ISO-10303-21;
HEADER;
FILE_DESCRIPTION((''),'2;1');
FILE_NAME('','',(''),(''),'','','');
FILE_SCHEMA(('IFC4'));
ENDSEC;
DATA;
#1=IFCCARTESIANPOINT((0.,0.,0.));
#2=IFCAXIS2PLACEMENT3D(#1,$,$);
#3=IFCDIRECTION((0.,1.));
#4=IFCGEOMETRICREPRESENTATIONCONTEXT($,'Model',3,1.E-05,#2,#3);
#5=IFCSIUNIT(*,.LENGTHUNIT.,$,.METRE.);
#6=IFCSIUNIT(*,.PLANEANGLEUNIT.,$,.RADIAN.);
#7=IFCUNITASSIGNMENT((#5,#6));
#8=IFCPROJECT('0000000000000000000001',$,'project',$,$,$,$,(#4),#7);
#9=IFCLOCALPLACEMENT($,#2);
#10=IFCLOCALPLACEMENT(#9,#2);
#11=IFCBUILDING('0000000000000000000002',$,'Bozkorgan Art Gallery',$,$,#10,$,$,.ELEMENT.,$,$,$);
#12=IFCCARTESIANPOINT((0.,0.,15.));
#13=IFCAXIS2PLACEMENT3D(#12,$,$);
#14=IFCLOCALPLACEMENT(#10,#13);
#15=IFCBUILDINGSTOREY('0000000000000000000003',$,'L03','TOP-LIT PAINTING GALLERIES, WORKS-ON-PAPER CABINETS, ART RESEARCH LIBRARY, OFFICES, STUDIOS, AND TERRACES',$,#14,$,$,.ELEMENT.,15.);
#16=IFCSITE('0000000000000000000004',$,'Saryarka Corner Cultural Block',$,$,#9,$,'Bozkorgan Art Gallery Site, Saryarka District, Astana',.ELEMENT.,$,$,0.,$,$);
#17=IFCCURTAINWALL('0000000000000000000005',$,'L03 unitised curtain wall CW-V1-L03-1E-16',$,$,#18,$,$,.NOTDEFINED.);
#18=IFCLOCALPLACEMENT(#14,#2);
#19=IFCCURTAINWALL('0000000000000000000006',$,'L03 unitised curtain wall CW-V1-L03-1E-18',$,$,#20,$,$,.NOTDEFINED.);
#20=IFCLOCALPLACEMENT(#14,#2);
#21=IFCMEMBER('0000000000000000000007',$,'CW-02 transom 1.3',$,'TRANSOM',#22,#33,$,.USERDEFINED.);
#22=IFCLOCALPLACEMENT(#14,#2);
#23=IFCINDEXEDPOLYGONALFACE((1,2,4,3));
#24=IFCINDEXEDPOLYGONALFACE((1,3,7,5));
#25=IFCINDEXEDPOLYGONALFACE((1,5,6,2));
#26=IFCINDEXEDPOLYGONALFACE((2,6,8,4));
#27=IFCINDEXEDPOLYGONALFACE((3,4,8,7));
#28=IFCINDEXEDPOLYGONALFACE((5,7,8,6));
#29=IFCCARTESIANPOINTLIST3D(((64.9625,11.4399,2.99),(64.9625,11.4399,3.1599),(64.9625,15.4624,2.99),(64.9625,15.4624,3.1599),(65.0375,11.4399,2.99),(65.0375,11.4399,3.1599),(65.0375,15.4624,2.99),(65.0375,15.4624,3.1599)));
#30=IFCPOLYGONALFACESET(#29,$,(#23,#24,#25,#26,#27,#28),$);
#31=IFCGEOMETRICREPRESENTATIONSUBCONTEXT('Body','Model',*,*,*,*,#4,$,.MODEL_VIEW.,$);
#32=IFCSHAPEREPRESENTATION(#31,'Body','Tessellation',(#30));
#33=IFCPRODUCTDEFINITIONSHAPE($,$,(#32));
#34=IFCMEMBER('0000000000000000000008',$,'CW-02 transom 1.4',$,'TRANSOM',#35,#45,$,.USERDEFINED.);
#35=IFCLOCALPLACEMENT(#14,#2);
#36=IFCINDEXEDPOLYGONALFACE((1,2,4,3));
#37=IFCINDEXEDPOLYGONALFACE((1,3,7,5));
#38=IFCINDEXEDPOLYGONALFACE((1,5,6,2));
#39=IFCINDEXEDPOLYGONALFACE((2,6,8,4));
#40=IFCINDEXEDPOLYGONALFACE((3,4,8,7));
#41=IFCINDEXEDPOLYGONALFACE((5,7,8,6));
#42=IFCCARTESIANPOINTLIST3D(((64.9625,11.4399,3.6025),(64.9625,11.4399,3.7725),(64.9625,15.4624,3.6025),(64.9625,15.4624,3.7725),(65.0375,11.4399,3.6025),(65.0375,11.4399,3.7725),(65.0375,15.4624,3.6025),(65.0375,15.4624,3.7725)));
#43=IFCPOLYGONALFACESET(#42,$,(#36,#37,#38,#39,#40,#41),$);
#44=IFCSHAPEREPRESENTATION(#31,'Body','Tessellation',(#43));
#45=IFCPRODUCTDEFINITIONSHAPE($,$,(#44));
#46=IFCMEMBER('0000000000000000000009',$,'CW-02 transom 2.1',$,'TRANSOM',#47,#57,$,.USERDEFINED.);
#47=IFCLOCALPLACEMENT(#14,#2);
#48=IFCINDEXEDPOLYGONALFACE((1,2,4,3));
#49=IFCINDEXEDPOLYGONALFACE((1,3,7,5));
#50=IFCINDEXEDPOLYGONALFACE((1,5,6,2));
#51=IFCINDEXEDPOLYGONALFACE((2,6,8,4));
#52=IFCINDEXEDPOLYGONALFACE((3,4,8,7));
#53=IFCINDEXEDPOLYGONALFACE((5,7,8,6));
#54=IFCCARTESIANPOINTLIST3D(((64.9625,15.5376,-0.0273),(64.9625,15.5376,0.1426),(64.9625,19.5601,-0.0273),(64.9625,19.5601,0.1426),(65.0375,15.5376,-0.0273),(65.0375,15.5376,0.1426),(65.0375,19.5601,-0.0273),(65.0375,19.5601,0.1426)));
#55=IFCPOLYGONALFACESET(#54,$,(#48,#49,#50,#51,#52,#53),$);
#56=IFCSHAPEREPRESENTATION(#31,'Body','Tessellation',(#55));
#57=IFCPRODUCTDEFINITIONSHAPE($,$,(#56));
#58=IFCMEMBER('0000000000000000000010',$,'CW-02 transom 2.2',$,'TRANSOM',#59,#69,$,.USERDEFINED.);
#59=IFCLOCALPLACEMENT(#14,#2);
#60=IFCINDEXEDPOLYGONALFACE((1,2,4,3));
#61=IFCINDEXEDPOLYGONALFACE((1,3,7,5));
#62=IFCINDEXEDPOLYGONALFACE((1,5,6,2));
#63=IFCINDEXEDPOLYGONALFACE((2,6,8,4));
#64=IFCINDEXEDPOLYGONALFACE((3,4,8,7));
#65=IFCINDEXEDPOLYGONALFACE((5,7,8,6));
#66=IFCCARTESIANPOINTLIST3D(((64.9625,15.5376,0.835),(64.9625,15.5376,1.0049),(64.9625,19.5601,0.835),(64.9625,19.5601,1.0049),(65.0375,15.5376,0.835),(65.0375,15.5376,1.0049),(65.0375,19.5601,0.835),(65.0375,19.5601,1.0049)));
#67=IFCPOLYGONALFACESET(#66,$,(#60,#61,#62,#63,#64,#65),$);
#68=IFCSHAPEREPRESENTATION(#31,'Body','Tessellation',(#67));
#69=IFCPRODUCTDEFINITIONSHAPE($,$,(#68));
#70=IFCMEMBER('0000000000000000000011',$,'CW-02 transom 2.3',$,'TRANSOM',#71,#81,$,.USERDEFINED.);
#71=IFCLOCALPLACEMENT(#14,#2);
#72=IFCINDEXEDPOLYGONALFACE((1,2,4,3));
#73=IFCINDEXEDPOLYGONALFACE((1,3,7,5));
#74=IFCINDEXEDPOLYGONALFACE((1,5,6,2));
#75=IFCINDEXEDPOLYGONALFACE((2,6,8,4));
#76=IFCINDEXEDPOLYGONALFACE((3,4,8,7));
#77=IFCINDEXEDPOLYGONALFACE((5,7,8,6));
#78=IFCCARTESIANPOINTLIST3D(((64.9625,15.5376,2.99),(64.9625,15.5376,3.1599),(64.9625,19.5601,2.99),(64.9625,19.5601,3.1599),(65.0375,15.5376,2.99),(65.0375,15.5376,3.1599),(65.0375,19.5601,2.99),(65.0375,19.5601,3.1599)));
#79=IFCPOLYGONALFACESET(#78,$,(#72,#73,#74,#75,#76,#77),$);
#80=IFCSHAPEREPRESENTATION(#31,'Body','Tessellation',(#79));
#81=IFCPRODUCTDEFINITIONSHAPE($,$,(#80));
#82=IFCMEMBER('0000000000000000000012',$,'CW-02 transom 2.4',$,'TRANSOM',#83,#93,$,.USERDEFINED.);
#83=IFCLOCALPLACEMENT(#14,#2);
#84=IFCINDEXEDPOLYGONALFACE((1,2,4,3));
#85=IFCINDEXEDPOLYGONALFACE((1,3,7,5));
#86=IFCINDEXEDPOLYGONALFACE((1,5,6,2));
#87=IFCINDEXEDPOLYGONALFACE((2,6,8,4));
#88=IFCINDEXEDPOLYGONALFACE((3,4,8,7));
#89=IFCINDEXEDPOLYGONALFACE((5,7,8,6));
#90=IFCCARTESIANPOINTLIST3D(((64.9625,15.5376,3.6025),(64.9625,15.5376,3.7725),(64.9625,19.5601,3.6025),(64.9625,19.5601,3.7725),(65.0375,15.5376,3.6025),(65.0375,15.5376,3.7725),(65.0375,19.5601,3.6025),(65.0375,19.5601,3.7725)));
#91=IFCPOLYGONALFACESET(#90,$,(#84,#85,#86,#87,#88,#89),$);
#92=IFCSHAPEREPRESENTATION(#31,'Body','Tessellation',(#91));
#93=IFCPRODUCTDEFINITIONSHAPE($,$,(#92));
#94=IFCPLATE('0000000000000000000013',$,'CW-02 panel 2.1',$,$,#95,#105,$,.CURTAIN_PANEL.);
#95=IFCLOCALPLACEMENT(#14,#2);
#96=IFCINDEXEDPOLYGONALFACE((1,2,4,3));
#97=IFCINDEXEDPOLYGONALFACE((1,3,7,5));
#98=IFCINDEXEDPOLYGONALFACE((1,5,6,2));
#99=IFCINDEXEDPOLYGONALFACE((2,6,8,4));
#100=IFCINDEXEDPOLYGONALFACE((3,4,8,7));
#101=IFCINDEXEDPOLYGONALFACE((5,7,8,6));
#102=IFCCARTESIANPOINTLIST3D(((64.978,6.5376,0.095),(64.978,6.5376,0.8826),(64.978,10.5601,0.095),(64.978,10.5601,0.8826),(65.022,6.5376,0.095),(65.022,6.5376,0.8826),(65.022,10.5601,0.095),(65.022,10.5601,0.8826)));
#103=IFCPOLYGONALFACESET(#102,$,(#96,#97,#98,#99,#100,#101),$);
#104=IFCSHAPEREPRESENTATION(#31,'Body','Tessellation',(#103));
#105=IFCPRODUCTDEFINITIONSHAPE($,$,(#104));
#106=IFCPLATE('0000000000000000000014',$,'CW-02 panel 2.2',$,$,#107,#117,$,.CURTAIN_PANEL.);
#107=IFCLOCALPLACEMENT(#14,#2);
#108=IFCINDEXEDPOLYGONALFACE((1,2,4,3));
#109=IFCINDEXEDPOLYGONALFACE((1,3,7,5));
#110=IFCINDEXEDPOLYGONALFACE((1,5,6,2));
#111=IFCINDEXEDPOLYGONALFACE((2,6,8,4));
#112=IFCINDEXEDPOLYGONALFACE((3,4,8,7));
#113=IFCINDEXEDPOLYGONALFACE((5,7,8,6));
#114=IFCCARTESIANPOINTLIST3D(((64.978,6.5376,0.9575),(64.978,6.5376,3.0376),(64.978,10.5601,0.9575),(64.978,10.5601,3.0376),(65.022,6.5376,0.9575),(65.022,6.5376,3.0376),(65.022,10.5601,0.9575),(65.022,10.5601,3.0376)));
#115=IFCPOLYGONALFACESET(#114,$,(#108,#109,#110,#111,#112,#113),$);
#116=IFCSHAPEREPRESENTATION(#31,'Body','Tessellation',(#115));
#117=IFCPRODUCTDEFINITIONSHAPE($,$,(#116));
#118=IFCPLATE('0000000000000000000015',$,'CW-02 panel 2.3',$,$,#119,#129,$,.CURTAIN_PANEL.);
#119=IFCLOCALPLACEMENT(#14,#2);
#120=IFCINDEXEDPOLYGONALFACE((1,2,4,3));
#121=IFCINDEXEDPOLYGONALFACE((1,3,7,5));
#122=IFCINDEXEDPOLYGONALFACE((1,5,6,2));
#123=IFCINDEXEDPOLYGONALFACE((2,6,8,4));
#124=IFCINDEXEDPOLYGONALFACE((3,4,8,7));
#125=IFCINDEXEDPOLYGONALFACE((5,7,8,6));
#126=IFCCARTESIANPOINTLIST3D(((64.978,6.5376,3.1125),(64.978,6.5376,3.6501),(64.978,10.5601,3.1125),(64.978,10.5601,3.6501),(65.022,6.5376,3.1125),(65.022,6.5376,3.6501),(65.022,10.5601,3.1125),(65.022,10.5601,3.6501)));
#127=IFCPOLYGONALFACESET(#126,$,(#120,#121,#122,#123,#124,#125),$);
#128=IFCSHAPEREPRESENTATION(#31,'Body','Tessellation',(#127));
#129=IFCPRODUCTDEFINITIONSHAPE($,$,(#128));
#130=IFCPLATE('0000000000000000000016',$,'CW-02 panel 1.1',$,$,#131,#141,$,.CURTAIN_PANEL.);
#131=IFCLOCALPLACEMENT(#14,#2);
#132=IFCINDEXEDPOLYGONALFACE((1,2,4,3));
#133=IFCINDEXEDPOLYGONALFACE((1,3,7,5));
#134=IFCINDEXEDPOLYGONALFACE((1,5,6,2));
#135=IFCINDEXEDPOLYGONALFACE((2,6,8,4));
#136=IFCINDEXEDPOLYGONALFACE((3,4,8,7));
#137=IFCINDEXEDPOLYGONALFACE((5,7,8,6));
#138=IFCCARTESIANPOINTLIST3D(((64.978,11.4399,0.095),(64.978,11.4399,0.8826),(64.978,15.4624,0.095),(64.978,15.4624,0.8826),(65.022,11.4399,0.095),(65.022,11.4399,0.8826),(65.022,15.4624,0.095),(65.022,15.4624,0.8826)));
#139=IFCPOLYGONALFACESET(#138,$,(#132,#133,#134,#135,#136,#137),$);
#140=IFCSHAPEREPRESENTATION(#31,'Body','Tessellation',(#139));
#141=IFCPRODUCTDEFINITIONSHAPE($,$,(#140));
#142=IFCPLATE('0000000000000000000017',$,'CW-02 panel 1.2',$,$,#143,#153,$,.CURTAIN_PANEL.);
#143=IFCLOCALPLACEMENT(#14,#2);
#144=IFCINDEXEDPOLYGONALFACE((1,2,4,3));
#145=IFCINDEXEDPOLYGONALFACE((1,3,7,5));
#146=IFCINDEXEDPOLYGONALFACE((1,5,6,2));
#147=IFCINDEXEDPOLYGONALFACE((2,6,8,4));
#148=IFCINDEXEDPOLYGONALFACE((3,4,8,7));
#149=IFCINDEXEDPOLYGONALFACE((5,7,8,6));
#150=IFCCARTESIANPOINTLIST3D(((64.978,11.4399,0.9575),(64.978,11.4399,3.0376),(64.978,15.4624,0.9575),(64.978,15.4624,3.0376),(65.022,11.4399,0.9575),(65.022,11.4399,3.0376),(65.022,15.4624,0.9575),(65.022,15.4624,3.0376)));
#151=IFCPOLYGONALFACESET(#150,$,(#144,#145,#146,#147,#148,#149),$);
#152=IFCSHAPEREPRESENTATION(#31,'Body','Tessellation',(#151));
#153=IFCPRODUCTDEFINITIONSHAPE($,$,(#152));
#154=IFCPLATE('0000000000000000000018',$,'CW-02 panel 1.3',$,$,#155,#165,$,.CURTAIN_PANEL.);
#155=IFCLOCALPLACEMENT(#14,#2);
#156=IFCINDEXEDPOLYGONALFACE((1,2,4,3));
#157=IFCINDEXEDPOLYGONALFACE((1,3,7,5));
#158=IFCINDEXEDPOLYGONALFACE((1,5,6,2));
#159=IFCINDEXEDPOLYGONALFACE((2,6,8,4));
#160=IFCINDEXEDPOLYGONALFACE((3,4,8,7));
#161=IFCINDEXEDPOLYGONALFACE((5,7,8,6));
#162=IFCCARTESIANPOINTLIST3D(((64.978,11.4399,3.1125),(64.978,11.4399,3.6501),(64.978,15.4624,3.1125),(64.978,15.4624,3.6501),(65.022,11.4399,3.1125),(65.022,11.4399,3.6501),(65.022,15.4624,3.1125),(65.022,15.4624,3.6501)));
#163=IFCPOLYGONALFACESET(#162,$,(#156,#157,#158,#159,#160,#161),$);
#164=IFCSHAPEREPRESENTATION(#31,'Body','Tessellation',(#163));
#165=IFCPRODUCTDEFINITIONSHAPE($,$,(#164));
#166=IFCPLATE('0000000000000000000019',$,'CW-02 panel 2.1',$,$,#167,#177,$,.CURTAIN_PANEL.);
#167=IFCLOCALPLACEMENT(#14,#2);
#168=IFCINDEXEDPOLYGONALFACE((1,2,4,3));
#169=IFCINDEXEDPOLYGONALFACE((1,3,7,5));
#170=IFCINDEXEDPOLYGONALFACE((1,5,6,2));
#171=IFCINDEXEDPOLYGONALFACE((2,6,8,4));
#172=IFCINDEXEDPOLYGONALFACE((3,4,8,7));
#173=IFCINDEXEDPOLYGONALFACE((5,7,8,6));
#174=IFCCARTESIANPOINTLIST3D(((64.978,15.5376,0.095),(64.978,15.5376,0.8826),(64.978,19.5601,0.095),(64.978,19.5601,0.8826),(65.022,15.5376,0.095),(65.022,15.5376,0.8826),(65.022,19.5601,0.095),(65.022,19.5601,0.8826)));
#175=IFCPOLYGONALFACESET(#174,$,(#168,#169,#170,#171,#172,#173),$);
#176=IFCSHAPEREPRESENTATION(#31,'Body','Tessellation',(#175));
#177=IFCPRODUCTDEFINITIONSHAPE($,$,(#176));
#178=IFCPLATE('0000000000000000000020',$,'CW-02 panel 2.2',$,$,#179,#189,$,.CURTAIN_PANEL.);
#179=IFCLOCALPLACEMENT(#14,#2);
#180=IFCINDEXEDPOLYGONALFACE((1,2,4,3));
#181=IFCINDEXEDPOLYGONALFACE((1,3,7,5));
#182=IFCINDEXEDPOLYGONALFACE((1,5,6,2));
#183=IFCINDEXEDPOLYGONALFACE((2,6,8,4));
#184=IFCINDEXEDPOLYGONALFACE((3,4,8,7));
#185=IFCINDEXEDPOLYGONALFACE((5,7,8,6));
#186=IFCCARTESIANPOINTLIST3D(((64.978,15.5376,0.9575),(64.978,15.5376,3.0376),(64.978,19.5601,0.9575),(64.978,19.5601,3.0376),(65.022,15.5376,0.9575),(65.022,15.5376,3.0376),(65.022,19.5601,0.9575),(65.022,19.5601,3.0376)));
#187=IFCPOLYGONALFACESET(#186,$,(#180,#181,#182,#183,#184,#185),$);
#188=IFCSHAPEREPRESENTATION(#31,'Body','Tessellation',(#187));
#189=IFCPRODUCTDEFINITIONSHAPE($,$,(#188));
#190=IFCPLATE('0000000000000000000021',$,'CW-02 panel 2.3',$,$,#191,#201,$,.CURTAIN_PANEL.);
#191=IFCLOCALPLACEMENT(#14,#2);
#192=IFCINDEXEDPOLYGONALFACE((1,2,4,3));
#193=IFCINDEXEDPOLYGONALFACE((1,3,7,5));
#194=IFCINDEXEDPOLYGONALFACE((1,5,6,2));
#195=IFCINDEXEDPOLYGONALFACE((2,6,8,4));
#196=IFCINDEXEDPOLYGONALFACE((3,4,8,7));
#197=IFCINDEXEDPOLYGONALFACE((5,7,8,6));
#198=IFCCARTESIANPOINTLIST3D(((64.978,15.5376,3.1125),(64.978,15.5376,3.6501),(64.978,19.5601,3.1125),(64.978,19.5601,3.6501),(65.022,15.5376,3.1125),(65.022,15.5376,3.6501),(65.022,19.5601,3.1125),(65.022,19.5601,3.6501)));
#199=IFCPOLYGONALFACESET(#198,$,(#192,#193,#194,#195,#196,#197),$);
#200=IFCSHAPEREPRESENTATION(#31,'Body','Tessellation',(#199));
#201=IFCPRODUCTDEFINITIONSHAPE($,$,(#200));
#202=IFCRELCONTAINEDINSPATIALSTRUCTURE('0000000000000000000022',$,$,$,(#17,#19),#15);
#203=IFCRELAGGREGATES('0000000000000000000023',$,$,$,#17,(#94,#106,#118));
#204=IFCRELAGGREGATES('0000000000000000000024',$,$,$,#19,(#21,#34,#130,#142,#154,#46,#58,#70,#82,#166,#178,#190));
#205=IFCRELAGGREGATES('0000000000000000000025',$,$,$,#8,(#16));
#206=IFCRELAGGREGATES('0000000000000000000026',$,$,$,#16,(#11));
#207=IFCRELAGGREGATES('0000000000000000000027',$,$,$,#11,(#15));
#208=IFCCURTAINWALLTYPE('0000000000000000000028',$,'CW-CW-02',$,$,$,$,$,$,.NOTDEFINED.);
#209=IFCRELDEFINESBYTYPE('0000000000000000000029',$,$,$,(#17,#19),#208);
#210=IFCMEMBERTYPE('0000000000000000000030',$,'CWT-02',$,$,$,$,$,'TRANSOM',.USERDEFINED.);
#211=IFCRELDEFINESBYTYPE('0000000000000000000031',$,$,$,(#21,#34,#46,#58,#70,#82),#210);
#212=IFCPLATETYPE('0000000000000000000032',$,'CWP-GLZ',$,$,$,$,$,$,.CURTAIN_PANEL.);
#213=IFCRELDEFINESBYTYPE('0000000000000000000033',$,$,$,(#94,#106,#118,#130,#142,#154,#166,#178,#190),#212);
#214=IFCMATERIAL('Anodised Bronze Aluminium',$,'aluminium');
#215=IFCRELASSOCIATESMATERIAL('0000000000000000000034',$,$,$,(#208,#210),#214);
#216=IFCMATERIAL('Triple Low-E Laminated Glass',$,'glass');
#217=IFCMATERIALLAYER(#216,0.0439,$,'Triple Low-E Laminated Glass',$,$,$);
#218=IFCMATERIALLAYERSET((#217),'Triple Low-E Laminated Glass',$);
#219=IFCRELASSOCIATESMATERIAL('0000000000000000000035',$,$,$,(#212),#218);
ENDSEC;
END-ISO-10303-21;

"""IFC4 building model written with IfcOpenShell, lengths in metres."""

from ifc_helpers import new_model, si_unit, direction, frame, origin, origin_2d, place, context, subcontext, project, spatial, rectangle, extrude, material, layer, layer_set, material_profile, profile_set, type_object, element, aggregate, save


model = new_model("IFC4")

# Units and contexts
model_context = context("Model", 3, precision=1e-05, world=origin(), true_north=direction((0.0, 1.0)))
body_context = subcontext(model_context, "Body", "Model", "MODEL_VIEW")
ifc_project = project(units=[si_unit("LENGTHUNIT", "METRE"), si_unit("PLANEANGLEUNIT", "RADIAN")], contexts=[model_context])

# Site, building, storey
site_placement = place(None, origin())
site = spatial("IfcSite", under=ifc_project, at=site_placement, Name="Saryarka Corner Cultural Block", LongName="Bozkorgan Art Gallery Site, Saryarka District, Astana", CompositionType="ELEMENT", RefElevation=0.0)
building_placement = place(site_placement, origin())
building = spatial("IfcBuilding", under=site, at=building_placement, Name="Bozkorgan Art Gallery", CompositionType="ELEMENT")
storey_placement = place(building_placement, frame((0.0, 0.0, 15.0)))
storey = spatial("IfcBuildingStorey", under=building, at=storey_placement, Name="L03", Description="TOP-LIT PAINTING GALLERIES, WORKS-ON-PAPER CABINETS, ART RESEARCH LIBRARY, OFFICES, STUDIOS, AND TERRACES", CompositionType="ELEMENT", Elevation=15.0)

# Curtain wall
ifc_material_1 = material(Name="Anodised Bronze Aluminium", Category="aluminium")
curtain_wall_type = type_object("IfcCurtainWallType", Name="CW-CW-02", PredefinedType="NOTDEFINED", material=ifc_material_1)
curtain_wall_1_placement = place(storey_placement, origin())
curtain_wall_1 = element("IfcCurtainWall", 1, at=curtain_wall_1_placement, inside=storey, type_object=curtain_wall_type, Name="L03 unitised curtain wall CW-V1-L03-1E-16", PredefinedType="NOTDEFINED")

# Curtain wall
curtain_wall_2_placement = place(storey_placement, origin())
curtain_wall_2 = element("IfcCurtainWall", 2, at=curtain_wall_2_placement, inside=storey, type_object=curtain_wall_type, Name="L03 unitised curtain wall CW-V1-L03-1E-18", PredefinedType="NOTDEFINED")

# Members
ifc_material_profile_1 = material_profile(ifc_material_1, rectangle(XDim=0.075, YDim=0.1699, at=origin_2d()), Name="ALU TRANSOM 75x170")
ifc_profile_set_1 = profile_set([ifc_material_profile_1], Name="Anodised Bronze Aluminium")
member_type_1 = type_object("IfcMemberType", Name="CWT-02", ElementType="TRANSOM", PredefinedType="USERDEFINED", material=ifc_profile_set_1)
member_1_placement = place(storey_placement, frame((65.0, 11.4399, 3.075), z_axis=(0.0, 1.0, 0.0), x_axis=(-1.0, 0.0, 0.0)))
member_1 = element("IfcMember", 3, at=member_1_placement, type_object=member_type_1, Name="CW-02 transom 1.3", ObjectType="TRANSOM", PredefinedType="USERDEFINED", context=body_context, shape_type="SweptSolid", body=[
    extrude(rectangle(XDim=0.075, YDim=0.1699, at=origin_2d()), origin(), (0.0, 0.0, 1.0), 4.0225),
])
member_2_placement = place(storey_placement, frame((65.0, 11.4399, 3.6875), z_axis=(0.0, 1.0, 0.0), x_axis=(-1.0, 0.0, 0.0)))
member_2 = element("IfcMember", 4, at=member_2_placement, type_object=member_type_1, Name="CW-02 transom 1.4", ObjectType="TRANSOM", PredefinedType="USERDEFINED", context=body_context, shape_type="SweptSolid", body=[
    extrude(rectangle(XDim=0.075, YDim=0.1699, at=origin_2d()), origin(), (0.0, 0.0, 1.0), 4.0225),
])
member_3_placement = place(storey_placement, frame((65.0, 15.5376, 0.0576), z_axis=(0.0, 1.0, 0.0), x_axis=(-1.0, 0.0, 0.0)))
member_3 = element("IfcMember", 5, at=member_3_placement, type_object=member_type_1, Name="CW-02 transom 2.1", ObjectType="TRANSOM", PredefinedType="USERDEFINED", context=body_context, shape_type="SweptSolid", body=[
    extrude(rectangle(XDim=0.075, YDim=0.1699, at=origin_2d()), origin(), (0.0, 0.0, 1.0), 4.0225),
])
member_4_placement = place(storey_placement, frame((65.0, 15.5376, 0.9199), z_axis=(0.0, 1.0, 0.0), x_axis=(-1.0, 0.0, 0.0)))
member_4 = element("IfcMember", 6, at=member_4_placement, type_object=member_type_1, Name="CW-02 transom 2.2", ObjectType="TRANSOM", PredefinedType="USERDEFINED", context=body_context, shape_type="SweptSolid", body=[
    extrude(rectangle(XDim=0.075, YDim=0.1699, at=origin_2d()), origin(), (0.0, 0.0, 1.0), 4.0225),
])
member_5_placement = place(storey_placement, frame((65.0, 15.5376, 3.075), z_axis=(0.0, 1.0, 0.0), x_axis=(-1.0, 0.0, 0.0)))
member_5 = element("IfcMember", 7, at=member_5_placement, type_object=member_type_1, Name="CW-02 transom 2.3", ObjectType="TRANSOM", PredefinedType="USERDEFINED", context=body_context, shape_type="SweptSolid", body=[
    extrude(rectangle(XDim=0.075, YDim=0.1699, at=origin_2d()), origin(), (0.0, 0.0, 1.0), 4.0225),
])
member_6_placement = place(storey_placement, frame((65.0, 15.5376, 3.6875), z_axis=(0.0, 1.0, 0.0), x_axis=(-1.0, 0.0, 0.0)))
member_6 = element("IfcMember", 8, at=member_6_placement, type_object=member_type_1, Name="CW-02 transom 2.4", ObjectType="TRANSOM", PredefinedType="USERDEFINED", context=body_context, shape_type="SweptSolid", body=[
    extrude(rectangle(XDim=0.075, YDim=0.1699, at=origin_2d()), origin(), (0.0, 0.0, 1.0), 4.0225),
])

# Plates
ifc_material_2 = material(Name="Triple Low-E Laminated Glass", Category="glass")
ifc_layer = layer(ifc_material_2, 0.0439, Name="Triple Low-E Laminated Glass")
ifc_layer_set = layer_set([ifc_layer], Name="Triple Low-E Laminated Glass")
plate_type = type_object("IfcPlateType", Name="CWP-GLZ", PredefinedType="CURTAIN_PANEL", material=ifc_layer_set)
plate_1_placement = place(storey_placement, frame((65.0, 8.5488, 0.095), z_axis=(0.0, 0.0, 1.0), x_axis=(0.0, 1.0, 0.0)))
plate_1 = element("IfcPlate", 9, at=plate_1_placement, type_object=plate_type, Name="CW-02 panel 2.1", PredefinedType="CURTAIN_PANEL", context=body_context, shape_type="SweptSolid", body=[
    extrude(rectangle(XDim=4.0225, YDim=0.0439, at=origin_2d()), origin(), (0.0, 0.0, 1.0), 0.7876),
])
plate_2_placement = place(storey_placement, frame((65.0, 8.5488, 0.9575), z_axis=(0.0, 0.0, 1.0), x_axis=(0.0, 1.0, 0.0)))
plate_2 = element("IfcPlate", 10, at=plate_2_placement, type_object=plate_type, Name="CW-02 panel 2.2", PredefinedType="CURTAIN_PANEL", context=body_context, shape_type="SweptSolid", body=[
    extrude(rectangle(XDim=4.0225, YDim=0.0439, at=origin_2d()), origin(), (0.0, 0.0, 1.0), 2.0801),
])
plate_3_placement = place(storey_placement, frame((65.0, 8.5488, 3.1125), z_axis=(0.0, 0.0, 1.0), x_axis=(0.0, 1.0, 0.0)))
plate_3 = element("IfcPlate", 11, at=plate_3_placement, type_object=plate_type, Name="CW-02 panel 2.3", PredefinedType="CURTAIN_PANEL", context=body_context, shape_type="SweptSolid", body=[
    extrude(rectangle(XDim=4.0225, YDim=0.0439, at=origin_2d()), origin(), (0.0, 0.0, 1.0), 0.5376),
])
aggregate(curtain_wall_1, [plate_1, plate_2, plate_3])
plate_4_placement = place(storey_placement, frame((65.0, 13.4512, 0.095), z_axis=(0.0, 0.0, 1.0), x_axis=(0.0, 1.0, 0.0)))
plate_4 = element("IfcPlate", 12, at=plate_4_placement, type_object=plate_type, Name="CW-02 panel 1.1", PredefinedType="CURTAIN_PANEL", context=body_context, shape_type="SweptSolid", body=[
    extrude(rectangle(XDim=4.0225, YDim=0.0439, at=origin_2d()), origin(), (0.0, 0.0, 1.0), 0.7876),
])
plate_5_placement = place(storey_placement, frame((65.0, 13.4512, 0.9575), z_axis=(0.0, 0.0, 1.0), x_axis=(0.0, 1.0, 0.0)))
plate_5 = element("IfcPlate", 13, at=plate_5_placement, type_object=plate_type, Name="CW-02 panel 1.2", PredefinedType="CURTAIN_PANEL", context=body_context, shape_type="SweptSolid", body=[
    extrude(rectangle(XDim=4.0225, YDim=0.0439, at=origin_2d()), origin(), (0.0, 0.0, 1.0), 2.0801),
])
plate_6_placement = place(storey_placement, frame((65.0, 13.4512, 3.1125), z_axis=(0.0, 0.0, 1.0), x_axis=(0.0, 1.0, 0.0)))
plate_6 = element("IfcPlate", 14, at=plate_6_placement, type_object=plate_type, Name="CW-02 panel 1.3", PredefinedType="CURTAIN_PANEL", context=body_context, shape_type="SweptSolid", body=[
    extrude(rectangle(XDim=4.0225, YDim=0.0439, at=origin_2d()), origin(), (0.0, 0.0, 1.0), 0.5376),
])
plate_7_placement = place(storey_placement, frame((65.0, 17.5488, 0.095), z_axis=(0.0, 0.0, 1.0), x_axis=(0.0, 1.0, 0.0)))
plate_7 = element("IfcPlate", 15, at=plate_7_placement, type_object=plate_type, Name="CW-02 panel 2.1", PredefinedType="CURTAIN_PANEL", context=body_context, shape_type="SweptSolid", body=[
    extrude(rectangle(XDim=4.0225, YDim=0.0439, at=origin_2d()), origin(), (0.0, 0.0, 1.0), 0.7876),
])
plate_8_placement = place(storey_placement, frame((65.0, 17.5488, 0.9575), z_axis=(0.0, 0.0, 1.0), x_axis=(0.0, 1.0, 0.0)))
plate_8 = element("IfcPlate", 16, at=plate_8_placement, type_object=plate_type, Name="CW-02 panel 2.2", PredefinedType="CURTAIN_PANEL", context=body_context, shape_type="SweptSolid", body=[
    extrude(rectangle(XDim=4.0225, YDim=0.0439, at=origin_2d()), origin(), (0.0, 0.0, 1.0), 2.0801),
])
plate_9_placement = place(storey_placement, frame((65.0, 17.5488, 3.1125), z_axis=(0.0, 0.0, 1.0), x_axis=(0.0, 1.0, 0.0)))
plate_9 = element("IfcPlate", 17, at=plate_9_placement, type_object=plate_type, Name="CW-02 panel 2.3", PredefinedType="CURTAIN_PANEL", context=body_context, shape_type="SweptSolid", body=[
    extrude(rectangle(XDim=4.0225, YDim=0.0439, at=origin_2d()), origin(), (0.0, 0.0, 1.0), 0.5376),
])
aggregate(curtain_wall_2, [member_1, member_2, plate_4, plate_5, plate_6, member_3, member_4, member_5, member_6, plate_7, plate_8, plate_9])

save(model, "model.ifc")
